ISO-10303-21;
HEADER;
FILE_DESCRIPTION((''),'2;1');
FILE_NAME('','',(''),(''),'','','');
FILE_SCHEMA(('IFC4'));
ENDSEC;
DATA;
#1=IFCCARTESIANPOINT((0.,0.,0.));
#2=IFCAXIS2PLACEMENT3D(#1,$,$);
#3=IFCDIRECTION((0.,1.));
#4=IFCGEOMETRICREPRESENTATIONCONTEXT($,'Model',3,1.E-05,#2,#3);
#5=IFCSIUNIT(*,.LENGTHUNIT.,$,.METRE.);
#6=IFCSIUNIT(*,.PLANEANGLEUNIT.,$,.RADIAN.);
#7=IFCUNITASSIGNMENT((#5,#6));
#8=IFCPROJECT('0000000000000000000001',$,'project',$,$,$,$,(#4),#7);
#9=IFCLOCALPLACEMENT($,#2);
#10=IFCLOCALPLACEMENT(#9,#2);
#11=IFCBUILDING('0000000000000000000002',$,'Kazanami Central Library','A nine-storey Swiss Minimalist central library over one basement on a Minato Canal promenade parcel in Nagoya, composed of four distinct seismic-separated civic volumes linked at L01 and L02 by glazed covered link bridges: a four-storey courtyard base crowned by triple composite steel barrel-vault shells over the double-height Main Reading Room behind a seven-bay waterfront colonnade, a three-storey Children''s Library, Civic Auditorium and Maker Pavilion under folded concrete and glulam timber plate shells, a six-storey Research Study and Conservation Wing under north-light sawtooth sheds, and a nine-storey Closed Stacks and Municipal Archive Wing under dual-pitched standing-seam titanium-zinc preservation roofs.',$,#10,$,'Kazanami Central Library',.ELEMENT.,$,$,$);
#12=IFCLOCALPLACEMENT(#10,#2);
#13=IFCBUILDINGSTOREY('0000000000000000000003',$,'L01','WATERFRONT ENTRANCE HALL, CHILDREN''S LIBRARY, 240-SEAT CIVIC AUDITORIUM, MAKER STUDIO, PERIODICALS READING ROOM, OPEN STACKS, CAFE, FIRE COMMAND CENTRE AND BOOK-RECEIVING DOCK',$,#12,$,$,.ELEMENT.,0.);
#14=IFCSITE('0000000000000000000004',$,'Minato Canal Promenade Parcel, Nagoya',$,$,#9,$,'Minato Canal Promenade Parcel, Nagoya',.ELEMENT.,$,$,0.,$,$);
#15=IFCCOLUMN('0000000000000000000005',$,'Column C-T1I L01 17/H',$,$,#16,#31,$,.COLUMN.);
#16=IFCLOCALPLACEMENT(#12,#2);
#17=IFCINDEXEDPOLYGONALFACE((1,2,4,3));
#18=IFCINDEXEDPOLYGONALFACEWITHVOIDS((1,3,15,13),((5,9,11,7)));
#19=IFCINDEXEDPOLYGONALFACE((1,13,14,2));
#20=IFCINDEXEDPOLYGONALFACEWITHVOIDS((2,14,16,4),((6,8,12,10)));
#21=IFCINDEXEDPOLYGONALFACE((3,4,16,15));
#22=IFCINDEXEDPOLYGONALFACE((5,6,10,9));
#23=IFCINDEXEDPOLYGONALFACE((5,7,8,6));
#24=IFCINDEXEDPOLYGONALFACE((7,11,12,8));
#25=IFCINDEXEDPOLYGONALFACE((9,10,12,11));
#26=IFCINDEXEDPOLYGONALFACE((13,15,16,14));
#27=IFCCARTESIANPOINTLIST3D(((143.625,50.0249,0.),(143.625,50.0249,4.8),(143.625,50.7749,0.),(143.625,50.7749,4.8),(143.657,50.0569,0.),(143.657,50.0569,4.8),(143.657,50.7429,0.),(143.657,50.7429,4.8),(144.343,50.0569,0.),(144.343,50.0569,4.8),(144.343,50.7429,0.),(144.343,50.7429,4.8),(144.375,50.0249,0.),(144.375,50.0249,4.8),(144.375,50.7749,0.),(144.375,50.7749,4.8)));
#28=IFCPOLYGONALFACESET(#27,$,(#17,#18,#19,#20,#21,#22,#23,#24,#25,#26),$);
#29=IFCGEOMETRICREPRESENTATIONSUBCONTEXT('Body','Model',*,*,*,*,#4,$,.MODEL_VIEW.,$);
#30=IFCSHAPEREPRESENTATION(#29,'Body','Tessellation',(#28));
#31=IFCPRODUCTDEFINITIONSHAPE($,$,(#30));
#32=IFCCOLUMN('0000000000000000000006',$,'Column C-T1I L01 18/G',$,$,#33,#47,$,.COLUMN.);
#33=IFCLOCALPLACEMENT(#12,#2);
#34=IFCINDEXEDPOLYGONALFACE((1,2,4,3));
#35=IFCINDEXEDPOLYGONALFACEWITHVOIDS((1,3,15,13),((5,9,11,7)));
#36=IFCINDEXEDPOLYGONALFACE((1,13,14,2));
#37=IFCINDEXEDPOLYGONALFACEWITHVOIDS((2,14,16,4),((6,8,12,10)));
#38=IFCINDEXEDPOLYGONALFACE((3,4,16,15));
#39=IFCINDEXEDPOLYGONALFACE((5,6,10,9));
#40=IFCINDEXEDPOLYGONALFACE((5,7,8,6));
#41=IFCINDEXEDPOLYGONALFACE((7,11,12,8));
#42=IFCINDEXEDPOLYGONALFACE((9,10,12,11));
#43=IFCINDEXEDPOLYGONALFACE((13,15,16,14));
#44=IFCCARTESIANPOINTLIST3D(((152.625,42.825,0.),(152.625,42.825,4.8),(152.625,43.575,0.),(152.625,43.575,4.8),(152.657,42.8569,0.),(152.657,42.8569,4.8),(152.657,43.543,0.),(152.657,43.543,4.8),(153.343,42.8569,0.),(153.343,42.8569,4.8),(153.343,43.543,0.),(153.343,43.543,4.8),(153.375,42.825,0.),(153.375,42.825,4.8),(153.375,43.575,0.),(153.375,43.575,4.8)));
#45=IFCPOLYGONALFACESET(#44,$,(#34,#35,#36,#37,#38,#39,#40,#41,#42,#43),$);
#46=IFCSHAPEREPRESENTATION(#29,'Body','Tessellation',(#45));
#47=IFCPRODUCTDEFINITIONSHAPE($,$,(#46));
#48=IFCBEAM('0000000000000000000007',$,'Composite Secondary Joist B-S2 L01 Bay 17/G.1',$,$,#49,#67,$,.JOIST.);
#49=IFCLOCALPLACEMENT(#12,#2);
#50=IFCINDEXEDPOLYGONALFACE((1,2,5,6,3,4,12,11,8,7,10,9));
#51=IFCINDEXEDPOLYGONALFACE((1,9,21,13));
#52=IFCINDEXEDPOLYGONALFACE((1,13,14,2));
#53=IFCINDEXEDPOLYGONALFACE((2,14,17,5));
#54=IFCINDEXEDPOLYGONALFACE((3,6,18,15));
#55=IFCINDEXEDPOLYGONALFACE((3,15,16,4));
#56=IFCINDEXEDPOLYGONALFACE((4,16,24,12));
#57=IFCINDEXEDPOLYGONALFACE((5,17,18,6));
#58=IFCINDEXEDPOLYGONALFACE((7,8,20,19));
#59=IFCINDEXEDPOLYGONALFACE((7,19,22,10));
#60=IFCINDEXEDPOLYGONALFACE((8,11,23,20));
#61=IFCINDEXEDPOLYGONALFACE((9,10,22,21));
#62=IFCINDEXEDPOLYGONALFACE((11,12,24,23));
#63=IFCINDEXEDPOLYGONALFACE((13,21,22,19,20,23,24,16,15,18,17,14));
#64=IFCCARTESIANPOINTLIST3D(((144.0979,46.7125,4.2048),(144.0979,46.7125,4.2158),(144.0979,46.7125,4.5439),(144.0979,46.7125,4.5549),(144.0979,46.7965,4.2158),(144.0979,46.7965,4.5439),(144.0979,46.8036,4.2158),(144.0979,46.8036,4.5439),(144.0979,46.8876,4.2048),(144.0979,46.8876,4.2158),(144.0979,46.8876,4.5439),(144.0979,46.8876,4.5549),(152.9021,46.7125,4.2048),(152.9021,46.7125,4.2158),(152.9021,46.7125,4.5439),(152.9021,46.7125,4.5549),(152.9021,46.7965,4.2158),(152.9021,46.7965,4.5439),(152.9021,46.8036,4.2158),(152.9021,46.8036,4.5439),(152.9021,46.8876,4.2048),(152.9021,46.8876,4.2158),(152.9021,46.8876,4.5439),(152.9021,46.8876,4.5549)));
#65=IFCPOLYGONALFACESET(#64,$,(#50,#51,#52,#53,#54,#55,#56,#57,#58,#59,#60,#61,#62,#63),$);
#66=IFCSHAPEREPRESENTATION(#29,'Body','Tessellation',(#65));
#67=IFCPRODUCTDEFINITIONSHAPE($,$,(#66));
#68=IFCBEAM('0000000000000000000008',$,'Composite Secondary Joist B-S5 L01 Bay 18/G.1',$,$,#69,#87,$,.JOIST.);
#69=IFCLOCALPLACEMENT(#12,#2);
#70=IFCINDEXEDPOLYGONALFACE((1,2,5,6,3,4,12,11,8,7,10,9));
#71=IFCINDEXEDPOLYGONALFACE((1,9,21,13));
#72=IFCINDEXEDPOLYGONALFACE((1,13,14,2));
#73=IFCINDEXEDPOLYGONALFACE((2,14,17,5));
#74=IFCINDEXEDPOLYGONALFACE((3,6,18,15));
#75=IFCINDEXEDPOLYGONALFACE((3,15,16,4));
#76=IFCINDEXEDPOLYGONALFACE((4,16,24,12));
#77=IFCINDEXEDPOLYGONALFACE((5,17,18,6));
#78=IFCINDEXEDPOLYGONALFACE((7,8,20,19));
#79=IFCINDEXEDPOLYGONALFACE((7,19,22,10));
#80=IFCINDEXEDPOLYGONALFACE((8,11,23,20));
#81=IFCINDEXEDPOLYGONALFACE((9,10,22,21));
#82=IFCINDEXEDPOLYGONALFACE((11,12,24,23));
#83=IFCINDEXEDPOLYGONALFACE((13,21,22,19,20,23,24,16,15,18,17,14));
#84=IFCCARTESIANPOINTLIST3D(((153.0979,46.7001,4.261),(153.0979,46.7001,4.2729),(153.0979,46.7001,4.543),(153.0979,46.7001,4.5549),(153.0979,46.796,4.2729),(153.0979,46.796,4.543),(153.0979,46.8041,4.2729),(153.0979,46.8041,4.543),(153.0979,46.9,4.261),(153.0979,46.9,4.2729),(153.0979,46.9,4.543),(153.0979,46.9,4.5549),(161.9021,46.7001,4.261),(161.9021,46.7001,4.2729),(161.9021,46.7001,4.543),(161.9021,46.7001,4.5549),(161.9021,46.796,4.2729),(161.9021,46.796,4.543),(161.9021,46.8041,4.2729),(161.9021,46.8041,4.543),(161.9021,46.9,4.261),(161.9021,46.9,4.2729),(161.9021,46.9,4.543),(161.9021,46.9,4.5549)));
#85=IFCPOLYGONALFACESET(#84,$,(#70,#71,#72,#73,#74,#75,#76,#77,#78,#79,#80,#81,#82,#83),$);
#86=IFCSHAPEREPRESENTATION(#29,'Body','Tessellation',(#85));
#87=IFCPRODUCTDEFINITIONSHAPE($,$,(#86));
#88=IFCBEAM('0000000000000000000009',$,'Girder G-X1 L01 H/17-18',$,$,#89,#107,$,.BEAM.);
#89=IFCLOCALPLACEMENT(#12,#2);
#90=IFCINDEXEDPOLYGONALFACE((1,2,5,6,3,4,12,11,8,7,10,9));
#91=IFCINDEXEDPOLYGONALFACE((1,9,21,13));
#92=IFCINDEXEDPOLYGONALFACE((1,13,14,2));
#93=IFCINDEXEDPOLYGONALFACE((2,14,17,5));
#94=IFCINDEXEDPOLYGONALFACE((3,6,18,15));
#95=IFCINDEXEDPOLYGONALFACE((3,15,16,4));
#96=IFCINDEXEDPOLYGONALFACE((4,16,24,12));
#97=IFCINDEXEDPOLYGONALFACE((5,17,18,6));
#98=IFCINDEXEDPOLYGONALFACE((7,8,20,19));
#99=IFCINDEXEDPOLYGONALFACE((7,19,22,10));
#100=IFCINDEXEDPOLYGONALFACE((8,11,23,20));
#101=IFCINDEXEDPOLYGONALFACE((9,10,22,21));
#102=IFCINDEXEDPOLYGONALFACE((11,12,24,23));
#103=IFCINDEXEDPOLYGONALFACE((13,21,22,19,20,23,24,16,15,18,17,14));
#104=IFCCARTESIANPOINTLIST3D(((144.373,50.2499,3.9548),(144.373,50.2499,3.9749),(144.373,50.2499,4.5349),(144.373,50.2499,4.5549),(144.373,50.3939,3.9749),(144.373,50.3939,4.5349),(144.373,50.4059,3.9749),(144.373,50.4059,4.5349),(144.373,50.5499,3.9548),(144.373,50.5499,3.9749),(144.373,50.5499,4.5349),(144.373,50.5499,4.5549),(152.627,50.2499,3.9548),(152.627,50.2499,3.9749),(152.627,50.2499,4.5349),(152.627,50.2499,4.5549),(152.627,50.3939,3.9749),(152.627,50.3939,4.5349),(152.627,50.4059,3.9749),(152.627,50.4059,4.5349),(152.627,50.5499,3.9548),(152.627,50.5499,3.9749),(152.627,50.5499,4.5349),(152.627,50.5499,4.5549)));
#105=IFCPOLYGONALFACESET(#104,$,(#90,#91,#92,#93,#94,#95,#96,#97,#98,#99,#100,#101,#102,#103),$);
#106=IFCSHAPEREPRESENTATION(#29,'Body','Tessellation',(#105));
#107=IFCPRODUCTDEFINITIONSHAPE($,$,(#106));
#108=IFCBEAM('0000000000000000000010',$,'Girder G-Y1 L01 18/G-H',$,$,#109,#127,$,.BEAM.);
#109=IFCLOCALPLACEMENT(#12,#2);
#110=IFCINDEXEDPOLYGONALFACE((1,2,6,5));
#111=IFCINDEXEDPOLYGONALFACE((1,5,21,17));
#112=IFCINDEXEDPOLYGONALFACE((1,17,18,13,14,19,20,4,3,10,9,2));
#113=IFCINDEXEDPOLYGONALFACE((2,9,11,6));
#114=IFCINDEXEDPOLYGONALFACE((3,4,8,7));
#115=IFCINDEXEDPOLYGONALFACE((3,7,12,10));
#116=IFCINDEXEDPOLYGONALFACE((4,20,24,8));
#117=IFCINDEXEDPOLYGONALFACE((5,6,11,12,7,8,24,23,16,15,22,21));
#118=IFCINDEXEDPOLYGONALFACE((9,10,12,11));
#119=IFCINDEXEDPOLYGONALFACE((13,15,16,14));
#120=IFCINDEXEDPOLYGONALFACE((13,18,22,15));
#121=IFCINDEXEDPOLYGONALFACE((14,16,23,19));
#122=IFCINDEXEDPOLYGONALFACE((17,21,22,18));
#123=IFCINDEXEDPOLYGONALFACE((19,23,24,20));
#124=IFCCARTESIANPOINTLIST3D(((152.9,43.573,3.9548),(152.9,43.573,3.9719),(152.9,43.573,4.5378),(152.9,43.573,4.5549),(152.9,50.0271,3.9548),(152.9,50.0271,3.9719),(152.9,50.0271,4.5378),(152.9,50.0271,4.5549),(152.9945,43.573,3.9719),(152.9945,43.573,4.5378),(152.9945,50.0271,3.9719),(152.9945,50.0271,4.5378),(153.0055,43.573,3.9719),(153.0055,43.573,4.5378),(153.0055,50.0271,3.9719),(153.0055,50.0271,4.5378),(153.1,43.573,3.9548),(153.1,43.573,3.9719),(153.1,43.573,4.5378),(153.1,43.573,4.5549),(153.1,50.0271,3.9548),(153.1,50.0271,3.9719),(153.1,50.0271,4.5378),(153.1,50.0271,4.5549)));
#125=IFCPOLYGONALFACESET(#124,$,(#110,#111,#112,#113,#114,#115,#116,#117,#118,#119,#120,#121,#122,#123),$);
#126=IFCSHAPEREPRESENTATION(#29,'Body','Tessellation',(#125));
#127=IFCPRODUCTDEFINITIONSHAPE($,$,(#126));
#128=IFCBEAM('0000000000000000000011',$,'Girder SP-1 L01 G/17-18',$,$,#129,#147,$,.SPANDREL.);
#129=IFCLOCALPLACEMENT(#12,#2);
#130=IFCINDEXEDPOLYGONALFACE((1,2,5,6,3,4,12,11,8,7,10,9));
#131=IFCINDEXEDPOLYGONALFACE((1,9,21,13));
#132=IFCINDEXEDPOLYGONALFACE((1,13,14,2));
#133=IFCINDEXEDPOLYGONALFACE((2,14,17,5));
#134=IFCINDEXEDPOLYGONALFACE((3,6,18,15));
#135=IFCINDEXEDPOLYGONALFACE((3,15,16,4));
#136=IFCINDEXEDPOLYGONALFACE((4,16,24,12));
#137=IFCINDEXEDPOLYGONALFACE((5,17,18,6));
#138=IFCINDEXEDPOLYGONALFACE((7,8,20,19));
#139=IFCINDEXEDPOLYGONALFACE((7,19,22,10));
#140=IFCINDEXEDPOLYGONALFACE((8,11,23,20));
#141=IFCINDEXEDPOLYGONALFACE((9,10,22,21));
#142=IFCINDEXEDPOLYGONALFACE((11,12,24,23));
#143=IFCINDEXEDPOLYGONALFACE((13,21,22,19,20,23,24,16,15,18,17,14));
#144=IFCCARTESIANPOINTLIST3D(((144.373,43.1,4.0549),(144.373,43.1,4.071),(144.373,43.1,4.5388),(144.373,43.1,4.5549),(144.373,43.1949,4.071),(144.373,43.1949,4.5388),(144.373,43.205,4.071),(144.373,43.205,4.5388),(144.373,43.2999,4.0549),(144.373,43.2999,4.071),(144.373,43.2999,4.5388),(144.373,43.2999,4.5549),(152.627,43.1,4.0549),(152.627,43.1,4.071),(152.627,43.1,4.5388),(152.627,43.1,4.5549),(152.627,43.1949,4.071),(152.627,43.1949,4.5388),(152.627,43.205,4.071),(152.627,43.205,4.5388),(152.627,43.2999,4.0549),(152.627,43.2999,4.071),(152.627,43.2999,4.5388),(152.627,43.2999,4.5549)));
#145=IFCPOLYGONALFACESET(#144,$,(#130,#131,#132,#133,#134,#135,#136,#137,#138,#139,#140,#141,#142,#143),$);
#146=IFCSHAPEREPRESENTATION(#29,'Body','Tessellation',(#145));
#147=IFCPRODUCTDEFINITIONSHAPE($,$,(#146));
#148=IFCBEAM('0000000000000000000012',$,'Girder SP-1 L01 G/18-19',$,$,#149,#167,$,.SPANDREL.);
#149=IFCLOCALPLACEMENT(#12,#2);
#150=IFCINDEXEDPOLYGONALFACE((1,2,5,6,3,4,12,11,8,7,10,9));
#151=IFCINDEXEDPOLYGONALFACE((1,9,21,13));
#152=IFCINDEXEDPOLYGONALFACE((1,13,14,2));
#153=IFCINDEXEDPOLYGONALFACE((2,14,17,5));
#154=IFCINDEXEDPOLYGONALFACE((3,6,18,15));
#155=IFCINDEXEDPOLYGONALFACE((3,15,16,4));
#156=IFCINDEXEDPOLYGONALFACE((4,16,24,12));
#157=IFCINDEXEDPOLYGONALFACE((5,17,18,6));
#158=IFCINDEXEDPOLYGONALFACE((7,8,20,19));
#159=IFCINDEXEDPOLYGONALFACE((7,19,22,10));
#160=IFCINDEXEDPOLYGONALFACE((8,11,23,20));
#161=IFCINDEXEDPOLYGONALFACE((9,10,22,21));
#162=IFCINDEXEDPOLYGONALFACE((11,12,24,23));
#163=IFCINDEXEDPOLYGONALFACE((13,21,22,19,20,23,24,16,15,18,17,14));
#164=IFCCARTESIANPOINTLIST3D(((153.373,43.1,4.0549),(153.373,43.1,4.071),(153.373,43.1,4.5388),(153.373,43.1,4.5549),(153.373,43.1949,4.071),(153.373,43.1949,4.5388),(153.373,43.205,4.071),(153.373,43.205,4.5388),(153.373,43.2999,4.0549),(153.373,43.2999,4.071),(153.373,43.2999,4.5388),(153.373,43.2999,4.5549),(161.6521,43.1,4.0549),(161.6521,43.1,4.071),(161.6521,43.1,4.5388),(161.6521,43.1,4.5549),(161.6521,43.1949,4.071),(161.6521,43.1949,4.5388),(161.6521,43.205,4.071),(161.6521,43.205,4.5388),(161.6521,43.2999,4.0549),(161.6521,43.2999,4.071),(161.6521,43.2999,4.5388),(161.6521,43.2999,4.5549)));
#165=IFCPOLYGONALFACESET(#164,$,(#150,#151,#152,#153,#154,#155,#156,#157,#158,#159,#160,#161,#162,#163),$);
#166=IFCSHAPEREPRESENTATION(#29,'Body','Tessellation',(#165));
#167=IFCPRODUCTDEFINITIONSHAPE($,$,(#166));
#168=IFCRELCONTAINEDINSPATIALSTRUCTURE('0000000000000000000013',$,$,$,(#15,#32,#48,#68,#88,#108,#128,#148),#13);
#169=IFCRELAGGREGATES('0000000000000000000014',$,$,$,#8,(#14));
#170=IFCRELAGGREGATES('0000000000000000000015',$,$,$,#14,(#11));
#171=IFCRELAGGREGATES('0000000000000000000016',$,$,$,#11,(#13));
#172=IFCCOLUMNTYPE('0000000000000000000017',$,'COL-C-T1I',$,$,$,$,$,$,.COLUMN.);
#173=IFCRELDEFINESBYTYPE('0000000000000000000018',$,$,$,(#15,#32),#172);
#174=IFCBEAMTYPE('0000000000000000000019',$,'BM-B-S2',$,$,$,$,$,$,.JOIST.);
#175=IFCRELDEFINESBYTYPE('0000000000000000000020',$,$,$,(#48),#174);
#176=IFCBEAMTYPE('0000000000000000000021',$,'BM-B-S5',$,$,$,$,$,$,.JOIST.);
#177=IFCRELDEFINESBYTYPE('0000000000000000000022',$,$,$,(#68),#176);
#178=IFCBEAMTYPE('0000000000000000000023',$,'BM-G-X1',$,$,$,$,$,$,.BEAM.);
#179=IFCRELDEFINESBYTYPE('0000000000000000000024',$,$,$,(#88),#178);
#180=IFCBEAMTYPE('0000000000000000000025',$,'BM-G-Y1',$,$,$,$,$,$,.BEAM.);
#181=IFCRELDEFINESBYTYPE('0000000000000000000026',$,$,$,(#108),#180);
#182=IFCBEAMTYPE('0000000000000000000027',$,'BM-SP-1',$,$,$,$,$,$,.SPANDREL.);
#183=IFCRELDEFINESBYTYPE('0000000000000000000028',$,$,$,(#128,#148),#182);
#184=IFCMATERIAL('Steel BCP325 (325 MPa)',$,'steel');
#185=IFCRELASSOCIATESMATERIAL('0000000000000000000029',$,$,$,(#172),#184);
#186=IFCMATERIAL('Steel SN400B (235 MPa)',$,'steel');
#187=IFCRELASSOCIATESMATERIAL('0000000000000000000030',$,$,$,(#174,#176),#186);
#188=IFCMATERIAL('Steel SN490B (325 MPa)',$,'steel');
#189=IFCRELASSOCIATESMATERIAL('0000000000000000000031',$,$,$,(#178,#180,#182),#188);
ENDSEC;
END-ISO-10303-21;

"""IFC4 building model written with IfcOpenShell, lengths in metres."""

from ifc_helpers import new_model, si_unit, direction, frame, origin, origin_2d, place, context, subcontext, project, spatial, hollow_rectangle, i_section, extrude, material, material_profile, profile_set, type_object, element, save


model = new_model("IFC4")

# Units and contexts
model_context = context("Model", 3, precision=1e-05, world=origin(), true_north=direction((0.0, 1.0)))
body_context = subcontext(model_context, "Body", "Model", "MODEL_VIEW")
ifc_project = project(units=[si_unit("LENGTHUNIT", "METRE"), si_unit("PLANEANGLEUNIT", "RADIAN")], contexts=[model_context])

# Site, building, storey
site_placement = place(None, origin())
site = spatial("IfcSite", under=ifc_project, at=site_placement, Name="Minato Canal Promenade Parcel, Nagoya", LongName="Minato Canal Promenade Parcel, Nagoya", CompositionType="ELEMENT", RefElevation=0.0)
building_placement = place(site_placement, origin())
building = spatial("IfcBuilding", under=site, at=building_placement, Name="Kazanami Central Library", Description="A nine-storey Swiss Minimalist central library over one basement on a Minato Canal promenade parcel in Nagoya, composed of four distinct seismic-separated civic volumes linked at L01 and L02 by glazed covered link bridges: a four-storey courtyard base crowned by triple composite steel barrel-vault shells over the double-height Main Reading Room behind a seven-bay waterfront colonnade, a three-storey Children's Library, Civic Auditorium and Maker Pavilion under folded concrete and glulam timber plate shells, a six-storey Research Study and Conservation Wing under north-light sawtooth sheds, and a nine-storey Closed Stacks and Municipal Archive Wing under dual-pitched standing-seam titanium-zinc preservation roofs.", LongName="Kazanami Central Library", CompositionType="ELEMENT")
storey_placement = place(building_placement, origin())
storey = spatial("IfcBuildingStorey", under=building, at=storey_placement, Name="L01", Description="WATERFRONT ENTRANCE HALL, CHILDREN'S LIBRARY, 240-SEAT CIVIC AUDITORIUM, MAKER STUDIO, PERIODICALS READING ROOM, OPEN STACKS, CAFE, FIRE COMMAND CENTRE AND BOOK-RECEIVING DOCK", CompositionType="ELEMENT", Elevation=0.0)

# Columns
ifc_material_1 = material(Name="Steel BCP325 (325 MPa)", Category="steel")
ifc_material_profile_1 = material_profile(ifc_material_1, hollow_rectangle(XDim=0.75, YDim=0.75, WallThickness=0.032, at=origin_2d()), Name="BCP-750x750x32")
ifc_profile_set_1 = profile_set([ifc_material_profile_1], Name="Steel BCP325 (325 MPa)")
column_type = type_object("IfcColumnType", Name="COL-C-T1I", PredefinedType="COLUMN", material=ifc_profile_set_1)
for number, where, z_axis, x_axis, name in (
    (1, (144.0, 50.3999, 0.0), (0.0, 0.0, 1.0), (1.0, 0.0, 0.0), "Column C-T1I L01 17/H"),
    (2, (153.0, 43.2, 0.0), (0.0, 0.0, 1.0), (1.0, 0.0, 0.0), "Column C-T1I L01 18/G"),
):
    element("IfcColumn", number, at=place(storey_placement, frame(where, z_axis=z_axis, x_axis=x_axis)), inside=storey, type_object=column_type, Name=name, PredefinedType="COLUMN", context=body_context, shape_type="SweptSolid", body=[
        extrude(hollow_rectangle(XDim=0.75, YDim=0.75, WallThickness=0.032, at=origin_2d()), origin(), (0.0, 0.0, 1.0), 4.8),
    ])

# Beams
ifc_material_2 = material(Name="Steel SN400B (235 MPa)", Category="steel")
ifc_material_profile_2 = material_profile(ifc_material_2, i_section(OverallWidth=0.175, OverallDepth=0.3501, WebThickness=0.0071, FlangeThickness=0.011, at=origin_2d()), Name="H-350x175x7x11")
ifc_profile_set_2 = profile_set([ifc_material_profile_2], Name="Steel SN400B (235 MPa)")
beam_type_1 = type_object("IfcBeamType", Name="BM-B-S2", PredefinedType="JOIST", material=ifc_profile_set_2)
beam_1_placement = place(storey_placement, frame((144.0979, 46.8, 4.3799), z_axis=(1.0, 0.0, 0.0), x_axis=(0.0, 1.0, 0.0)))
element("IfcBeam", 3, at=beam_1_placement, inside=storey, type_object=beam_type_1, Name="Composite Secondary Joist B-S2 L01 Bay 17/G.1", PredefinedType="JOIST", context=body_context, shape_type="SweptSolid", body=[
    extrude(i_section(OverallWidth=0.175, OverallDepth=0.3501, WebThickness=0.0071, FlangeThickness=0.011, at=origin_2d()), origin(), (0.0, 0.0, 1.0), 8.8042),
])
ifc_material_profile_3 = material_profile(ifc_material_2, i_section(OverallWidth=0.2, OverallDepth=0.2939, WebThickness=0.0081, FlangeThickness=0.012, at=origin_2d()), Name="H-294x200x8x12")
ifc_profile_set_3 = profile_set([ifc_material_profile_3], Name="Steel SN400B (235 MPa)")
beam_type_2 = type_object("IfcBeamType", Name="BM-B-S5", PredefinedType="JOIST", material=ifc_profile_set_3)
beam_2_placement = place(storey_placement, frame((153.0979, 46.8, 4.408), z_axis=(1.0, 0.0, 0.0), x_axis=(0.0, 1.0, 0.0)))
element("IfcBeam", 4, at=beam_2_placement, inside=storey, type_object=beam_type_2, Name="Composite Secondary Joist B-S5 L01 Bay 18/G.1", PredefinedType="JOIST", context=body_context, shape_type="SweptSolid", body=[
    extrude(i_section(OverallWidth=0.2, OverallDepth=0.2939, WebThickness=0.0081, FlangeThickness=0.012, at=origin_2d()), origin(), (0.0, 0.0, 1.0), 8.8042),
])
ifc_material_3 = material(Name="Steel SN490B (325 MPa)", Category="steel")
ifc_material_profile_4 = material_profile(ifc_material_3, i_section(OverallWidth=0.3, OverallDepth=0.6001, WebThickness=0.012, FlangeThickness=0.02, at=origin_2d()), Name="H-600x300x12x20")
ifc_profile_set_4 = profile_set([ifc_material_profile_4], Name="Steel SN490B (325 MPa)")
beam_type_3 = type_object("IfcBeamType", Name="BM-G-X1", PredefinedType="BEAM", material=ifc_profile_set_4)
beam_3_placement = place(storey_placement, frame((144.373, 50.3999, 4.2549), z_axis=(1.0, 0.0, 0.0), x_axis=(0.0, 1.0, 0.0)))
element("IfcBeam", 5, at=beam_3_placement, inside=storey, type_object=beam_type_3, Name="Girder G-X1 L01 H/17-18", PredefinedType="BEAM", context=body_context, shape_type="SweptSolid", body=[
    extrude(i_section(OverallWidth=0.3, OverallDepth=0.6001, WebThickness=0.012, FlangeThickness=0.02, at=origin_2d()), origin(), (0.0, 0.0, 1.0), 8.2539),
])
ifc_material_profile_5 = material_profile(ifc_material_3, i_section(OverallWidth=0.2, OverallDepth=0.6001, WebThickness=0.011, FlangeThickness=0.0171, at=origin_2d()), Name="H-600x200x11x17")
ifc_profile_set_5 = profile_set([ifc_material_profile_5], Name="Steel SN490B (325 MPa)")
beam_type_4 = type_object("IfcBeamType", Name="BM-G-Y1", PredefinedType="BEAM", material=ifc_profile_set_5)
beam_4_placement = place(storey_placement, frame((153.0, 43.573, 4.2549), z_axis=(0.0, 1.0, 0.0), x_axis=(-1.0, 0.0, 0.0)))
element("IfcBeam", 6, at=beam_4_placement, inside=storey, type_object=beam_type_4, Name="Girder G-Y1 L01 18/G-H", PredefinedType="BEAM", context=body_context, shape_type="SweptSolid", body=[
    extrude(i_section(OverallWidth=0.2, OverallDepth=0.6001, WebThickness=0.011, FlangeThickness=0.0171, at=origin_2d()), origin(), (0.0, 0.0, 1.0), 6.4541),
])
ifc_material_profile_6 = material_profile(ifc_material_3, i_section(OverallWidth=0.2, OverallDepth=0.5, WebThickness=0.01, FlangeThickness=0.0161, at=origin_2d()), Name="H-500x200x10x16")
ifc_profile_set_6 = profile_set([ifc_material_profile_6], Name="Steel SN490B (325 MPa)")
beam_type_5 = type_object("IfcBeamType", Name="BM-SP-1", PredefinedType="SPANDREL", material=ifc_profile_set_6)
beam_5_placement = place(storey_placement, frame((144.373, 43.2, 4.3049), z_axis=(1.0, 0.0, 0.0), x_axis=(0.0, 1.0, 0.0)))
element("IfcBeam", 7, at=beam_5_placement, inside=storey, type_object=beam_type_5, Name="Girder SP-1 L01 G/17-18", PredefinedType="SPANDREL", context=body_context, shape_type="SweptSolid", body=[
    extrude(i_section(OverallWidth=0.2, OverallDepth=0.5, WebThickness=0.01, FlangeThickness=0.0161, at=origin_2d()), origin(), (0.0, 0.0, 1.0), 8.2539),
])
beam_6_placement = place(storey_placement, frame((153.373, 43.2, 4.3049), z_axis=(1.0, 0.0, 0.0), x_axis=(0.0, 1.0, 0.0)))
element("IfcBeam", 8, at=beam_6_placement, inside=storey, type_object=beam_type_5, Name="Girder SP-1 L01 G/18-19", PredefinedType="SPANDREL", context=body_context, shape_type="SweptSolid", body=[
    extrude(i_section(OverallWidth=0.2, OverallDepth=0.5, WebThickness=0.01, FlangeThickness=0.0161, at=origin_2d()), origin(), (0.0, 0.0, 1.0), 8.2791),
])

save(model, "model.ifc")
